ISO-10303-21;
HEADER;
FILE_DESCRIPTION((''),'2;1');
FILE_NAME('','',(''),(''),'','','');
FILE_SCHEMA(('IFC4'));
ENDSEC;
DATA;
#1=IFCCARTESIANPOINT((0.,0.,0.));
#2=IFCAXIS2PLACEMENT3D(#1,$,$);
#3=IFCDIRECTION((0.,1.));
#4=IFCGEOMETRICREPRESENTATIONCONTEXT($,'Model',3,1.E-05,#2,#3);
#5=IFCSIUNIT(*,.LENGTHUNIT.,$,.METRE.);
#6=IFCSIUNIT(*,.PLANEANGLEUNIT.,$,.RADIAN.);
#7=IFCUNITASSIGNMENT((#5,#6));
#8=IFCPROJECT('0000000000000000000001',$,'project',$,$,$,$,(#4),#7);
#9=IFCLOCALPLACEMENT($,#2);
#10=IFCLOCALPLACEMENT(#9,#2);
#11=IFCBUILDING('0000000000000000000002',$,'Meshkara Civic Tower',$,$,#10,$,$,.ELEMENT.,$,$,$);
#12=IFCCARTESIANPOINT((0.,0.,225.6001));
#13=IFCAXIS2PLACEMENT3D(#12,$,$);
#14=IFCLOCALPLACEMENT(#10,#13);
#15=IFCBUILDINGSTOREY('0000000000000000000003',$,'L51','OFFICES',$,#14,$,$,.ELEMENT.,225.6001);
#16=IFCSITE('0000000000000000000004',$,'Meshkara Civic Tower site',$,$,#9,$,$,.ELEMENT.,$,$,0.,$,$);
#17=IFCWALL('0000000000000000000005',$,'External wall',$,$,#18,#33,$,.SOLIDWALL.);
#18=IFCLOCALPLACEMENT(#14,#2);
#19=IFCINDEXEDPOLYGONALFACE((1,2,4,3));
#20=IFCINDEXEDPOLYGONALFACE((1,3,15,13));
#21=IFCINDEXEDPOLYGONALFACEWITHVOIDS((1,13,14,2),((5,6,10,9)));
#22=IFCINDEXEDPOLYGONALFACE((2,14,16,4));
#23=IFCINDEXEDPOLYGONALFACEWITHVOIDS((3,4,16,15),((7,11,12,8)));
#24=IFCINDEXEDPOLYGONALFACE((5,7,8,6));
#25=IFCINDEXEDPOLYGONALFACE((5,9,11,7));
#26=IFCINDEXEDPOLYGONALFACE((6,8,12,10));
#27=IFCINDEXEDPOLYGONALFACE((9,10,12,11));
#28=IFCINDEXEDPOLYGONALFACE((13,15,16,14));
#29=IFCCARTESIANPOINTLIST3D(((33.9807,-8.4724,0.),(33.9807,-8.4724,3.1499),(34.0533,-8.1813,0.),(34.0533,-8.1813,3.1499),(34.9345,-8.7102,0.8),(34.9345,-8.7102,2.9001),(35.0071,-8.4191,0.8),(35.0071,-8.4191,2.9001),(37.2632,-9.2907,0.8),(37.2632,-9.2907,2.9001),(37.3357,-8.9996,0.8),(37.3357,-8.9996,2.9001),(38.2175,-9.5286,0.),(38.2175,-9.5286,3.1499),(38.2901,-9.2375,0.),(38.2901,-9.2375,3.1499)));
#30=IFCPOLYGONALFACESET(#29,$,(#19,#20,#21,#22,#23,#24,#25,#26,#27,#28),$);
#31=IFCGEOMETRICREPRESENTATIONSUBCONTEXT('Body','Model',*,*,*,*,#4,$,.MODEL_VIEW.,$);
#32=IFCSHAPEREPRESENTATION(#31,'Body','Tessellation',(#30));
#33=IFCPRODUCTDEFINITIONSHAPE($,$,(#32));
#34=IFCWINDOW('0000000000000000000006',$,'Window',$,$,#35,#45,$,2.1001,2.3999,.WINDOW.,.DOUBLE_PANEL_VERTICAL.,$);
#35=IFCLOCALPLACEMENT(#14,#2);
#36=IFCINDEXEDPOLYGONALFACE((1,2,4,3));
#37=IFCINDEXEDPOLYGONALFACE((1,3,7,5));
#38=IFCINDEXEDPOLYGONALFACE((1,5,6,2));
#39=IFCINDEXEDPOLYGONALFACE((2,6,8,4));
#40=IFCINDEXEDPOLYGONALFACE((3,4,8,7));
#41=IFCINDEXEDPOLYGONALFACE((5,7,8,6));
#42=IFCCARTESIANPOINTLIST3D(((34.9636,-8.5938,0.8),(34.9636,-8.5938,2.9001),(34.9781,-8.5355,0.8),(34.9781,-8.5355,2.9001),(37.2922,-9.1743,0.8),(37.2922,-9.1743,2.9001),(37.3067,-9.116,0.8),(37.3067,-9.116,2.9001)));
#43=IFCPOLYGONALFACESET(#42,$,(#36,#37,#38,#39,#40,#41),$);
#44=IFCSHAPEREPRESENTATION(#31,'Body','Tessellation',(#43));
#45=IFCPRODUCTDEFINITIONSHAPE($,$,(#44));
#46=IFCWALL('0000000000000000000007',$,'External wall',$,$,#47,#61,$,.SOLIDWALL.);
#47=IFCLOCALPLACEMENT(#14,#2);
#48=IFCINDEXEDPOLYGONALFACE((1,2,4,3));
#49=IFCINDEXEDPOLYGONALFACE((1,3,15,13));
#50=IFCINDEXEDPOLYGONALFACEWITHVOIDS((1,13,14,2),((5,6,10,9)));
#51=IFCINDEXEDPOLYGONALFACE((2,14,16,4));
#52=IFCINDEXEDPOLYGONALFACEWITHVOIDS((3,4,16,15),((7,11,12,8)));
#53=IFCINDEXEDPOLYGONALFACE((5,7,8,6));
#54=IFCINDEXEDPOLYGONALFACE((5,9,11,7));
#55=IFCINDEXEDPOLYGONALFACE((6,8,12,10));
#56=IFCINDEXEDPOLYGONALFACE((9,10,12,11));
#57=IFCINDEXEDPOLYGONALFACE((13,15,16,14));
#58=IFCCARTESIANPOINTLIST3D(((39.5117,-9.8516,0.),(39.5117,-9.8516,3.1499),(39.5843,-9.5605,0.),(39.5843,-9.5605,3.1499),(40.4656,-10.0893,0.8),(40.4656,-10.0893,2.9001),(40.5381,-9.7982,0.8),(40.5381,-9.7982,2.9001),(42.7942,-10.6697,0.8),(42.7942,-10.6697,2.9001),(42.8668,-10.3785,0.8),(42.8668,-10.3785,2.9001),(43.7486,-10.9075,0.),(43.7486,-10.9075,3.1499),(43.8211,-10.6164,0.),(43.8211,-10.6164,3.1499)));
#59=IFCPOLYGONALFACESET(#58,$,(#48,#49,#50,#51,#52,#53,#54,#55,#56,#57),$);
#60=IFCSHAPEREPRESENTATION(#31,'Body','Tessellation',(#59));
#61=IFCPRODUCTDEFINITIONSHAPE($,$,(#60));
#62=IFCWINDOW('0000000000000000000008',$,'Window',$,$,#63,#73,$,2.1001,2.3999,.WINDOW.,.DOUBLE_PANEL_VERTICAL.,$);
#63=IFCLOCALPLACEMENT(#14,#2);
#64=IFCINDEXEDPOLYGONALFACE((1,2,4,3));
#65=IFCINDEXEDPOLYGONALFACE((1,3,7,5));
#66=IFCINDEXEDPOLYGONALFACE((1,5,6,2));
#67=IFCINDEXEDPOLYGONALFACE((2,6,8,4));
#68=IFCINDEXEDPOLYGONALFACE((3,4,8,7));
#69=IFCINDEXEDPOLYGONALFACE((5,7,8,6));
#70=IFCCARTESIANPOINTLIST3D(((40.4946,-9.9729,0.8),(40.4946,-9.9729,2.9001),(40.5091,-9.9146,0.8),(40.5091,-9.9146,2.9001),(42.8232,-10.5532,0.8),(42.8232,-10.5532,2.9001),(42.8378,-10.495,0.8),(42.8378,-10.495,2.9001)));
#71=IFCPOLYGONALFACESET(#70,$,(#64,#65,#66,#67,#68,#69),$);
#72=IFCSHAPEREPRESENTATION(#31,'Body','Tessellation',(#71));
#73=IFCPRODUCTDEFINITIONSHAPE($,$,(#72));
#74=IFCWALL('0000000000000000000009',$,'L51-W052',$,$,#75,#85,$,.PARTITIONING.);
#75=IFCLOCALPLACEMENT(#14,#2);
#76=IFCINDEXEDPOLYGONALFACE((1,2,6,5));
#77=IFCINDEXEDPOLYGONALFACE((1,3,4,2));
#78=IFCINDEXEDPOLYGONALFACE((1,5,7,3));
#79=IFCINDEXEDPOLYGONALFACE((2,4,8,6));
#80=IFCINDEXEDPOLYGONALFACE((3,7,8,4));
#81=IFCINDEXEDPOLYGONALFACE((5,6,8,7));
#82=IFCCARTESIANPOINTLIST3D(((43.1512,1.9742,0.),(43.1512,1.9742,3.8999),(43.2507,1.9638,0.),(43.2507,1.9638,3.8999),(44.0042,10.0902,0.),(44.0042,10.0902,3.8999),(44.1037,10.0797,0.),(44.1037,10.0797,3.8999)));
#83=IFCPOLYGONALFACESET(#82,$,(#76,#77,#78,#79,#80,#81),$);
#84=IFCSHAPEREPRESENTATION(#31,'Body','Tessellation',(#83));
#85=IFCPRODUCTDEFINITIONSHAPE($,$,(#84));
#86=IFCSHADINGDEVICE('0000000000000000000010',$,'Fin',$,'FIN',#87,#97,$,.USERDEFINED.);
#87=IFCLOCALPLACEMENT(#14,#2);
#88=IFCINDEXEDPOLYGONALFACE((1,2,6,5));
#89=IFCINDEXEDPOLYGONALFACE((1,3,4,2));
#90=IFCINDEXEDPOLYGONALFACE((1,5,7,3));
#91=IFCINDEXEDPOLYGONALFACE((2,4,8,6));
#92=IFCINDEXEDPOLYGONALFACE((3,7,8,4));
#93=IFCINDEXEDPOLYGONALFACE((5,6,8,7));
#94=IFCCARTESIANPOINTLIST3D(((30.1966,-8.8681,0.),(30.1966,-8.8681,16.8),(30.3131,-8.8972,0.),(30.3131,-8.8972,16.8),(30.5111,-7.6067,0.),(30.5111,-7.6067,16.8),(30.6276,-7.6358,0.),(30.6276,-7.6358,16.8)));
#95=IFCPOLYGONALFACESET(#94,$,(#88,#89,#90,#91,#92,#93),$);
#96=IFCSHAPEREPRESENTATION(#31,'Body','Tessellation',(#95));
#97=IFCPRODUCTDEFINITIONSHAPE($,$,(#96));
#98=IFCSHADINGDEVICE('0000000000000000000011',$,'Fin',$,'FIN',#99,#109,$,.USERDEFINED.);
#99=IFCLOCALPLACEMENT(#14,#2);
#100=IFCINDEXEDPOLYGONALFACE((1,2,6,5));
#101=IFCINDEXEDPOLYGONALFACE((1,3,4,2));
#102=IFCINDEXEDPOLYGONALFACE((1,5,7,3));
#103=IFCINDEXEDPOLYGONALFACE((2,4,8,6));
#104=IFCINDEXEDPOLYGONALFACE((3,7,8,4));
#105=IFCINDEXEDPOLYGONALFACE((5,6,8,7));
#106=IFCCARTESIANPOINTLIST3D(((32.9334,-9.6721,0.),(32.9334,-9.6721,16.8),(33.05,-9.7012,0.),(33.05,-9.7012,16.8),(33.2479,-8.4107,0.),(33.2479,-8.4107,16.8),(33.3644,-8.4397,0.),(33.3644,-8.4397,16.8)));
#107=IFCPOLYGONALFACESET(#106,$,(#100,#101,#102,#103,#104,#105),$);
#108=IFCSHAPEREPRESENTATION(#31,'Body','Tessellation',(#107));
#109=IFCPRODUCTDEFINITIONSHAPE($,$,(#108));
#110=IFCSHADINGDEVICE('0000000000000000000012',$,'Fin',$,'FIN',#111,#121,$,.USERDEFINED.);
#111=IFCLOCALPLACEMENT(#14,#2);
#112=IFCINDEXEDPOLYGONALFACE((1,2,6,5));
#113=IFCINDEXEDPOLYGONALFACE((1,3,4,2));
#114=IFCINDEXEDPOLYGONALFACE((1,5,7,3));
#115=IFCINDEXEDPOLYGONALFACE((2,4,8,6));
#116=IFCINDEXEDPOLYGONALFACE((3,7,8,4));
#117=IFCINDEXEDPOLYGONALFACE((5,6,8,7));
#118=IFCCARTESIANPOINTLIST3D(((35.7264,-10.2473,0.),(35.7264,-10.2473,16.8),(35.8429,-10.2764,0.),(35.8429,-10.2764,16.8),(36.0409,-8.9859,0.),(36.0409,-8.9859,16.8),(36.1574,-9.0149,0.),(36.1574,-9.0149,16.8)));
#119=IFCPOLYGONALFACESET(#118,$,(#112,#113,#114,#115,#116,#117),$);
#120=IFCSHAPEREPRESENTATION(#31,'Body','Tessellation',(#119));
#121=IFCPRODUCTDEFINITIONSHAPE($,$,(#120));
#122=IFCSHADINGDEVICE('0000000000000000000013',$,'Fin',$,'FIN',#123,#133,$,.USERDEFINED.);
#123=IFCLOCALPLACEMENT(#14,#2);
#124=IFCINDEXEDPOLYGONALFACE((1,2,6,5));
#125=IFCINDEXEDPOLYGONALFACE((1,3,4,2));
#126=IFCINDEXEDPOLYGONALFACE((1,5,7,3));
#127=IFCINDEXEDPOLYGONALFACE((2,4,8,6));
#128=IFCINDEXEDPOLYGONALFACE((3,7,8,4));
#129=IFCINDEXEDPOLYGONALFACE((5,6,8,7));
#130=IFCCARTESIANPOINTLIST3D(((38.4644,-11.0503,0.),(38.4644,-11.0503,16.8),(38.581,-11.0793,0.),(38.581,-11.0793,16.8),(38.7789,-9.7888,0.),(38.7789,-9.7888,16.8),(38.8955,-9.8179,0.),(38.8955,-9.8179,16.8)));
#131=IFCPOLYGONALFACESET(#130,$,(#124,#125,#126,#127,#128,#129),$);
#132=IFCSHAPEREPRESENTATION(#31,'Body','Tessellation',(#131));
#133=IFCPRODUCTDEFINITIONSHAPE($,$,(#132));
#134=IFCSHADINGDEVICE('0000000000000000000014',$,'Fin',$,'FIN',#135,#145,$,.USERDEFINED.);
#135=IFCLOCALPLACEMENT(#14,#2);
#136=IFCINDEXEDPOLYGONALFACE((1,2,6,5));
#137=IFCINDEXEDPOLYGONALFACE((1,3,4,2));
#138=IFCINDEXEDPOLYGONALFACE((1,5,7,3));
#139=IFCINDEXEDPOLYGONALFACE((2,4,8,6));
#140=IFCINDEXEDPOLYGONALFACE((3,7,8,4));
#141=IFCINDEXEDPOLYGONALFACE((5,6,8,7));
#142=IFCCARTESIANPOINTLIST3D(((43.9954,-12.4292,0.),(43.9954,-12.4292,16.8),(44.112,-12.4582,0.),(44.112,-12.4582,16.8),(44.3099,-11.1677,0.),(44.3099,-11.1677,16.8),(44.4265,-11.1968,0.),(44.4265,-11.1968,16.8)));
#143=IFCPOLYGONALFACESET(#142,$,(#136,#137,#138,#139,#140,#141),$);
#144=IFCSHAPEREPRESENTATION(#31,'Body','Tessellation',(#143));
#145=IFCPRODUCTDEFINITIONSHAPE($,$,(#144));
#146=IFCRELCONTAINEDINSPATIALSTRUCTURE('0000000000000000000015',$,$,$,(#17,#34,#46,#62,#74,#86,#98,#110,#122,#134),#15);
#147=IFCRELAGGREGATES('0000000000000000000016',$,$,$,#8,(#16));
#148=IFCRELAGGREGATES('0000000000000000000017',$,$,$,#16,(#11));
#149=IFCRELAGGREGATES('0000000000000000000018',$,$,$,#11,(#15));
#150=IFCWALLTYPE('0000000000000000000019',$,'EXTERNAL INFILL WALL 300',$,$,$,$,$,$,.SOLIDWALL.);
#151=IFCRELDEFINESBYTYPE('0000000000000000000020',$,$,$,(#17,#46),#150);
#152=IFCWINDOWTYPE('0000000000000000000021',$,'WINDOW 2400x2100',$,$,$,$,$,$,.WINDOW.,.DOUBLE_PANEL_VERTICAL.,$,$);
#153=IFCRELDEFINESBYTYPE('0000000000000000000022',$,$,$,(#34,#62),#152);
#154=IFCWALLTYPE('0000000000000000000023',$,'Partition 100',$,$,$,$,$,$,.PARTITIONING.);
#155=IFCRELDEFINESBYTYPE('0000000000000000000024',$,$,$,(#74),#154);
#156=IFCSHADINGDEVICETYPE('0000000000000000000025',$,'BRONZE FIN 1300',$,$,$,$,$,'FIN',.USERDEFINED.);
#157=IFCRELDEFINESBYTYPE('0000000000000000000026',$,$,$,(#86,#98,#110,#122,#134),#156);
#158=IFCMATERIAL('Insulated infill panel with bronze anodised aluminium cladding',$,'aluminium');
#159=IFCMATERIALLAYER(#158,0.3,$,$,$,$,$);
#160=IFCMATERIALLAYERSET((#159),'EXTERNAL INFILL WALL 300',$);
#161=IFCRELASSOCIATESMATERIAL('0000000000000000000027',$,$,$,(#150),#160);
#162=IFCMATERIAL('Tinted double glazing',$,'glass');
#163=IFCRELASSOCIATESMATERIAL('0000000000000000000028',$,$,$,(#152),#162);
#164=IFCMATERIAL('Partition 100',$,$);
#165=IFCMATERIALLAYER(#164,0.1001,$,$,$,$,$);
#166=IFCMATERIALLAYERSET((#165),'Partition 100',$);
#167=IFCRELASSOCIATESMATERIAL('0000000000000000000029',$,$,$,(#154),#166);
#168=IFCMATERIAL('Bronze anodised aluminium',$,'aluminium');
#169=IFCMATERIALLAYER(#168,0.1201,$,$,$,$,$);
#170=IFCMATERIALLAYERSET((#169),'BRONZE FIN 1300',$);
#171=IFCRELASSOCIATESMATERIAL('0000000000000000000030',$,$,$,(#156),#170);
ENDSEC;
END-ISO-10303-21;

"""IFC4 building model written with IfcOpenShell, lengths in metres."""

from ifc_helpers import new_model, si_unit, direction, frame, frame_2d, origin, origin_2d, place, context, subcontext, project, spatial, rectangle, extrude, material, layer, layer_set, type_object, element, fill, save


model = new_model("IFC4")

# Units and contexts
model_context = context("Model", 3, precision=1e-05, world=origin(), true_north=direction((0.0, 1.0)))
body_context = subcontext(model_context, "Body", "Model", "MODEL_VIEW")
ifc_project = project(units=[si_unit("LENGTHUNIT", "METRE"), si_unit("PLANEANGLEUNIT", "RADIAN")], contexts=[model_context])

# Site, building, storey
site_placement = place(None, origin())
site = spatial("IfcSite", under=ifc_project, at=site_placement, Name="Meshkara Civic Tower site", CompositionType="ELEMENT", RefElevation=0.0)
building_placement = place(site_placement, origin())
building = spatial("IfcBuilding", under=site, at=building_placement, Name="Meshkara Civic Tower", CompositionType="ELEMENT")
storey_placement = place(building_placement, frame((0.0, 0.0, 225.6001)))
storey = spatial("IfcBuildingStorey", under=building, at=storey_placement, Name="L51", Description="OFFICES", CompositionType="ELEMENT", Elevation=225.6001)

# Walls, openings, windows
ifc_material_1 = material(Name="Insulated infill panel with bronze anodised aluminium cladding", Category="aluminium")
ifc_layer_1 = layer(ifc_material_1, 0.3)
ifc_layer_set_1 = layer_set([ifc_layer_1], Name="EXTERNAL INFILL WALL 300")
wall_type_1 = type_object("IfcWallType", Name="EXTERNAL INFILL WALL 300", PredefinedType="SOLIDWALL", material=ifc_layer_set_1)
wall_1_placement = place(storey_placement, frame((34.0171, -8.3269, 0.0), z_axis=(0.0, 0.0, 1.0), x_axis=(0.970307, -0.241878, 0.0)))
wall_1 = element("IfcWall", 1, at=wall_1_placement, inside=storey, type_object=wall_type_1, Name="External wall", PredefinedType="SOLIDWALL", context=body_context, shape_type="SweptSolid", body=[
    extrude(rectangle(XDim=4.3665, YDim=0.3, at=frame_2d((2.1831, 0.0))), origin(), (0.0, 0.0, 1.0), 3.1499),
])
opening_1_placement = place(wall_1_placement, frame((0.9829, 0.0, 0.8)))
opening_1 = element("IfcOpeningElement", 2, at=opening_1_placement, cuts=wall_1, PredefinedType="OPENING", context=body_context, shape_type="SweptSolid", body=[
    extrude(rectangle(XDim=2.3999, YDim=2.1001, at=frame_2d((1.2, 1.05))), frame((0.0, 0.1599, 0.0), z_axis=(0.0, -1.0, 0.0), x_axis=(1.0, 0.0, 0.0)), (0.0, 0.0, 1.0), 0.3201),
])
ifc_material_2 = material(Name="Tinted double glazing", Category="glass")
window_type = type_object("IfcWindowType", Name="WINDOW 2400x2100", PartitioningType="DOUBLE_PANEL_VERTICAL", PredefinedType="WINDOW", material=ifc_material_2)
window_1_placement = place(opening_1_placement, origin())
window_1 = element("IfcWindow", 3, at=window_1_placement, inside=storey, type_object=window_type, Name="Window", OverallHeight=2.1001, OverallWidth=2.3999, PartitioningType="DOUBLE_PANEL_VERTICAL", PredefinedType="WINDOW", context=body_context, shape_type="SweptSolid", body=[
    extrude(rectangle(XDim=2.3999, YDim=2.1001, at=frame_2d((1.2, 1.05))), frame((0.0, 0.03, 0.0), z_axis=(0.0, -1.0, 0.0), x_axis=(1.0, 0.0, 0.0)), (0.0, 0.0, 1.0), 0.0601),
])
fill(opening_1, window_1)
wall_2_placement = place(storey_placement, frame((39.5481, -9.7061, 0.0), z_axis=(0.0, 0.0, 1.0), x_axis=(0.97032, -0.241825, 0.0)))
wall_2 = element("IfcWall", 4, at=wall_2_placement, inside=storey, type_object=wall_type_1, Name="External wall", PredefinedType="SOLIDWALL", context=body_context, shape_type="SweptSolid", body=[
    extrude(rectangle(XDim=4.3665, YDim=0.3, at=frame_2d((2.1831, 0.0))), origin(), (0.0, 0.0, 1.0), 3.1499),
])
opening_2_placement = place(wall_2_placement, frame((0.9829, 0.0, 0.8)))
opening_2 = element("IfcOpeningElement", 5, at=opening_2_placement, cuts=wall_2, PredefinedType="OPENING", context=body_context, shape_type="SweptSolid", body=[
    extrude(rectangle(XDim=2.3999, YDim=2.1001, at=frame_2d((1.2, 1.05))), frame((0.0, 0.1599, 0.0), z_axis=(0.0, -1.0, 0.0), x_axis=(1.0, 0.0, 0.0)), (0.0, 0.0, 1.0), 0.3201),
])
window_2_placement = place(opening_2_placement, origin())
window_2 = element("IfcWindow", 6, at=window_2_placement, inside=storey, type_object=window_type, Name="Window", OverallHeight=2.1001, OverallWidth=2.3999, PartitioningType="DOUBLE_PANEL_VERTICAL", PredefinedType="WINDOW", context=body_context, shape_type="SweptSolid", body=[
    extrude(rectangle(XDim=2.3999, YDim=2.1001, at=frame_2d((1.2, 1.05))), frame((0.0, 0.03, 0.0), z_axis=(0.0, -1.0, 0.0), x_axis=(1.0, 0.0, 0.0)), (0.0, 0.0, 1.0), 0.0601),
])
fill(opening_2, window_2)

# Wall
ifc_material_3 = material(Name="Partition 100")
ifc_layer_2 = layer(ifc_material_3, 0.1001)
ifc_layer_set_2 = layer_set([ifc_layer_2], Name="Partition 100")
wall_type_2 = type_object("IfcWallType", Name="Partition 100", PredefinedType="PARTITIONING", material=ifc_layer_set_2)
wall_3_placement = place(storey_placement, frame((43.2009, 1.969, 0.0), z_axis=(0.0, 0.0, 1.0), x_axis=(0.104529, 0.994522, 0.0)))
element("IfcWall", 7, at=wall_3_placement, inside=storey, type_object=wall_type_2, Name="L51-W052", PredefinedType="PARTITIONING", context=body_context, shape_type="SweptSolid", body=[
    extrude(rectangle(XDim=8.1606, YDim=0.1001, at=frame_2d((4.0803, 0.0))), origin(), (0.0, 0.0, 1.0), 3.8999),
])

# Shading devices
ifc_material_4 = material(Name="Bronze anodised aluminium", Category="aluminium")
ifc_layer_3 = layer(ifc_material_4, 0.1201)
ifc_layer_set_3 = layer_set([ifc_layer_3], Name="BRONZE FIN 1300")
shading_device_type = type_object("IfcShadingDeviceType", Name="BRONZE FIN 1300", ElementType="FIN", PredefinedType="USERDEFINED", material=ifc_layer_set_3)
for number, where, z_axis, x_axis, name in (
    (8, (30.4121, -8.252, 0.0), (0.0, 0.0, 1.0), (0.9703, -0.241905, 0.0), "Fin"),
    (9, (33.1489, -9.0559, 0.0), (0.0, 0.0, 1.0), (0.9703, -0.241905, 0.0), "Fin"),
    (10, (35.9419, -9.6311, 0.0), (0.0, 0.0, 1.0), (0.9703, -0.241905, 0.0), "Fin"),
    (11, (38.6799, -10.4341, 0.0), (0.0, 0.0, 1.0), (0.9703, -0.241905, 0.0), "Fin"),
    (12, (44.2109, -11.813, 0.0), (0.0, 0.0, 1.0), (0.9703, -0.241905, 0.0), "Fin"),
):
    element("IfcShadingDevice", number, at=place(storey_placement, frame(where, z_axis=z_axis, x_axis=x_axis)), inside=storey, type_object=shading_device_type, Name=name, ObjectType="FIN", PredefinedType="USERDEFINED", context=body_context, shape_type="SweptSolid", body=[
        extrude(rectangle(XDim=0.1201, YDim=1.3, at=origin_2d()), origin(), (0.0, 0.0, 1.0), 16.8),
    ])

save(model, "model.ifc")
